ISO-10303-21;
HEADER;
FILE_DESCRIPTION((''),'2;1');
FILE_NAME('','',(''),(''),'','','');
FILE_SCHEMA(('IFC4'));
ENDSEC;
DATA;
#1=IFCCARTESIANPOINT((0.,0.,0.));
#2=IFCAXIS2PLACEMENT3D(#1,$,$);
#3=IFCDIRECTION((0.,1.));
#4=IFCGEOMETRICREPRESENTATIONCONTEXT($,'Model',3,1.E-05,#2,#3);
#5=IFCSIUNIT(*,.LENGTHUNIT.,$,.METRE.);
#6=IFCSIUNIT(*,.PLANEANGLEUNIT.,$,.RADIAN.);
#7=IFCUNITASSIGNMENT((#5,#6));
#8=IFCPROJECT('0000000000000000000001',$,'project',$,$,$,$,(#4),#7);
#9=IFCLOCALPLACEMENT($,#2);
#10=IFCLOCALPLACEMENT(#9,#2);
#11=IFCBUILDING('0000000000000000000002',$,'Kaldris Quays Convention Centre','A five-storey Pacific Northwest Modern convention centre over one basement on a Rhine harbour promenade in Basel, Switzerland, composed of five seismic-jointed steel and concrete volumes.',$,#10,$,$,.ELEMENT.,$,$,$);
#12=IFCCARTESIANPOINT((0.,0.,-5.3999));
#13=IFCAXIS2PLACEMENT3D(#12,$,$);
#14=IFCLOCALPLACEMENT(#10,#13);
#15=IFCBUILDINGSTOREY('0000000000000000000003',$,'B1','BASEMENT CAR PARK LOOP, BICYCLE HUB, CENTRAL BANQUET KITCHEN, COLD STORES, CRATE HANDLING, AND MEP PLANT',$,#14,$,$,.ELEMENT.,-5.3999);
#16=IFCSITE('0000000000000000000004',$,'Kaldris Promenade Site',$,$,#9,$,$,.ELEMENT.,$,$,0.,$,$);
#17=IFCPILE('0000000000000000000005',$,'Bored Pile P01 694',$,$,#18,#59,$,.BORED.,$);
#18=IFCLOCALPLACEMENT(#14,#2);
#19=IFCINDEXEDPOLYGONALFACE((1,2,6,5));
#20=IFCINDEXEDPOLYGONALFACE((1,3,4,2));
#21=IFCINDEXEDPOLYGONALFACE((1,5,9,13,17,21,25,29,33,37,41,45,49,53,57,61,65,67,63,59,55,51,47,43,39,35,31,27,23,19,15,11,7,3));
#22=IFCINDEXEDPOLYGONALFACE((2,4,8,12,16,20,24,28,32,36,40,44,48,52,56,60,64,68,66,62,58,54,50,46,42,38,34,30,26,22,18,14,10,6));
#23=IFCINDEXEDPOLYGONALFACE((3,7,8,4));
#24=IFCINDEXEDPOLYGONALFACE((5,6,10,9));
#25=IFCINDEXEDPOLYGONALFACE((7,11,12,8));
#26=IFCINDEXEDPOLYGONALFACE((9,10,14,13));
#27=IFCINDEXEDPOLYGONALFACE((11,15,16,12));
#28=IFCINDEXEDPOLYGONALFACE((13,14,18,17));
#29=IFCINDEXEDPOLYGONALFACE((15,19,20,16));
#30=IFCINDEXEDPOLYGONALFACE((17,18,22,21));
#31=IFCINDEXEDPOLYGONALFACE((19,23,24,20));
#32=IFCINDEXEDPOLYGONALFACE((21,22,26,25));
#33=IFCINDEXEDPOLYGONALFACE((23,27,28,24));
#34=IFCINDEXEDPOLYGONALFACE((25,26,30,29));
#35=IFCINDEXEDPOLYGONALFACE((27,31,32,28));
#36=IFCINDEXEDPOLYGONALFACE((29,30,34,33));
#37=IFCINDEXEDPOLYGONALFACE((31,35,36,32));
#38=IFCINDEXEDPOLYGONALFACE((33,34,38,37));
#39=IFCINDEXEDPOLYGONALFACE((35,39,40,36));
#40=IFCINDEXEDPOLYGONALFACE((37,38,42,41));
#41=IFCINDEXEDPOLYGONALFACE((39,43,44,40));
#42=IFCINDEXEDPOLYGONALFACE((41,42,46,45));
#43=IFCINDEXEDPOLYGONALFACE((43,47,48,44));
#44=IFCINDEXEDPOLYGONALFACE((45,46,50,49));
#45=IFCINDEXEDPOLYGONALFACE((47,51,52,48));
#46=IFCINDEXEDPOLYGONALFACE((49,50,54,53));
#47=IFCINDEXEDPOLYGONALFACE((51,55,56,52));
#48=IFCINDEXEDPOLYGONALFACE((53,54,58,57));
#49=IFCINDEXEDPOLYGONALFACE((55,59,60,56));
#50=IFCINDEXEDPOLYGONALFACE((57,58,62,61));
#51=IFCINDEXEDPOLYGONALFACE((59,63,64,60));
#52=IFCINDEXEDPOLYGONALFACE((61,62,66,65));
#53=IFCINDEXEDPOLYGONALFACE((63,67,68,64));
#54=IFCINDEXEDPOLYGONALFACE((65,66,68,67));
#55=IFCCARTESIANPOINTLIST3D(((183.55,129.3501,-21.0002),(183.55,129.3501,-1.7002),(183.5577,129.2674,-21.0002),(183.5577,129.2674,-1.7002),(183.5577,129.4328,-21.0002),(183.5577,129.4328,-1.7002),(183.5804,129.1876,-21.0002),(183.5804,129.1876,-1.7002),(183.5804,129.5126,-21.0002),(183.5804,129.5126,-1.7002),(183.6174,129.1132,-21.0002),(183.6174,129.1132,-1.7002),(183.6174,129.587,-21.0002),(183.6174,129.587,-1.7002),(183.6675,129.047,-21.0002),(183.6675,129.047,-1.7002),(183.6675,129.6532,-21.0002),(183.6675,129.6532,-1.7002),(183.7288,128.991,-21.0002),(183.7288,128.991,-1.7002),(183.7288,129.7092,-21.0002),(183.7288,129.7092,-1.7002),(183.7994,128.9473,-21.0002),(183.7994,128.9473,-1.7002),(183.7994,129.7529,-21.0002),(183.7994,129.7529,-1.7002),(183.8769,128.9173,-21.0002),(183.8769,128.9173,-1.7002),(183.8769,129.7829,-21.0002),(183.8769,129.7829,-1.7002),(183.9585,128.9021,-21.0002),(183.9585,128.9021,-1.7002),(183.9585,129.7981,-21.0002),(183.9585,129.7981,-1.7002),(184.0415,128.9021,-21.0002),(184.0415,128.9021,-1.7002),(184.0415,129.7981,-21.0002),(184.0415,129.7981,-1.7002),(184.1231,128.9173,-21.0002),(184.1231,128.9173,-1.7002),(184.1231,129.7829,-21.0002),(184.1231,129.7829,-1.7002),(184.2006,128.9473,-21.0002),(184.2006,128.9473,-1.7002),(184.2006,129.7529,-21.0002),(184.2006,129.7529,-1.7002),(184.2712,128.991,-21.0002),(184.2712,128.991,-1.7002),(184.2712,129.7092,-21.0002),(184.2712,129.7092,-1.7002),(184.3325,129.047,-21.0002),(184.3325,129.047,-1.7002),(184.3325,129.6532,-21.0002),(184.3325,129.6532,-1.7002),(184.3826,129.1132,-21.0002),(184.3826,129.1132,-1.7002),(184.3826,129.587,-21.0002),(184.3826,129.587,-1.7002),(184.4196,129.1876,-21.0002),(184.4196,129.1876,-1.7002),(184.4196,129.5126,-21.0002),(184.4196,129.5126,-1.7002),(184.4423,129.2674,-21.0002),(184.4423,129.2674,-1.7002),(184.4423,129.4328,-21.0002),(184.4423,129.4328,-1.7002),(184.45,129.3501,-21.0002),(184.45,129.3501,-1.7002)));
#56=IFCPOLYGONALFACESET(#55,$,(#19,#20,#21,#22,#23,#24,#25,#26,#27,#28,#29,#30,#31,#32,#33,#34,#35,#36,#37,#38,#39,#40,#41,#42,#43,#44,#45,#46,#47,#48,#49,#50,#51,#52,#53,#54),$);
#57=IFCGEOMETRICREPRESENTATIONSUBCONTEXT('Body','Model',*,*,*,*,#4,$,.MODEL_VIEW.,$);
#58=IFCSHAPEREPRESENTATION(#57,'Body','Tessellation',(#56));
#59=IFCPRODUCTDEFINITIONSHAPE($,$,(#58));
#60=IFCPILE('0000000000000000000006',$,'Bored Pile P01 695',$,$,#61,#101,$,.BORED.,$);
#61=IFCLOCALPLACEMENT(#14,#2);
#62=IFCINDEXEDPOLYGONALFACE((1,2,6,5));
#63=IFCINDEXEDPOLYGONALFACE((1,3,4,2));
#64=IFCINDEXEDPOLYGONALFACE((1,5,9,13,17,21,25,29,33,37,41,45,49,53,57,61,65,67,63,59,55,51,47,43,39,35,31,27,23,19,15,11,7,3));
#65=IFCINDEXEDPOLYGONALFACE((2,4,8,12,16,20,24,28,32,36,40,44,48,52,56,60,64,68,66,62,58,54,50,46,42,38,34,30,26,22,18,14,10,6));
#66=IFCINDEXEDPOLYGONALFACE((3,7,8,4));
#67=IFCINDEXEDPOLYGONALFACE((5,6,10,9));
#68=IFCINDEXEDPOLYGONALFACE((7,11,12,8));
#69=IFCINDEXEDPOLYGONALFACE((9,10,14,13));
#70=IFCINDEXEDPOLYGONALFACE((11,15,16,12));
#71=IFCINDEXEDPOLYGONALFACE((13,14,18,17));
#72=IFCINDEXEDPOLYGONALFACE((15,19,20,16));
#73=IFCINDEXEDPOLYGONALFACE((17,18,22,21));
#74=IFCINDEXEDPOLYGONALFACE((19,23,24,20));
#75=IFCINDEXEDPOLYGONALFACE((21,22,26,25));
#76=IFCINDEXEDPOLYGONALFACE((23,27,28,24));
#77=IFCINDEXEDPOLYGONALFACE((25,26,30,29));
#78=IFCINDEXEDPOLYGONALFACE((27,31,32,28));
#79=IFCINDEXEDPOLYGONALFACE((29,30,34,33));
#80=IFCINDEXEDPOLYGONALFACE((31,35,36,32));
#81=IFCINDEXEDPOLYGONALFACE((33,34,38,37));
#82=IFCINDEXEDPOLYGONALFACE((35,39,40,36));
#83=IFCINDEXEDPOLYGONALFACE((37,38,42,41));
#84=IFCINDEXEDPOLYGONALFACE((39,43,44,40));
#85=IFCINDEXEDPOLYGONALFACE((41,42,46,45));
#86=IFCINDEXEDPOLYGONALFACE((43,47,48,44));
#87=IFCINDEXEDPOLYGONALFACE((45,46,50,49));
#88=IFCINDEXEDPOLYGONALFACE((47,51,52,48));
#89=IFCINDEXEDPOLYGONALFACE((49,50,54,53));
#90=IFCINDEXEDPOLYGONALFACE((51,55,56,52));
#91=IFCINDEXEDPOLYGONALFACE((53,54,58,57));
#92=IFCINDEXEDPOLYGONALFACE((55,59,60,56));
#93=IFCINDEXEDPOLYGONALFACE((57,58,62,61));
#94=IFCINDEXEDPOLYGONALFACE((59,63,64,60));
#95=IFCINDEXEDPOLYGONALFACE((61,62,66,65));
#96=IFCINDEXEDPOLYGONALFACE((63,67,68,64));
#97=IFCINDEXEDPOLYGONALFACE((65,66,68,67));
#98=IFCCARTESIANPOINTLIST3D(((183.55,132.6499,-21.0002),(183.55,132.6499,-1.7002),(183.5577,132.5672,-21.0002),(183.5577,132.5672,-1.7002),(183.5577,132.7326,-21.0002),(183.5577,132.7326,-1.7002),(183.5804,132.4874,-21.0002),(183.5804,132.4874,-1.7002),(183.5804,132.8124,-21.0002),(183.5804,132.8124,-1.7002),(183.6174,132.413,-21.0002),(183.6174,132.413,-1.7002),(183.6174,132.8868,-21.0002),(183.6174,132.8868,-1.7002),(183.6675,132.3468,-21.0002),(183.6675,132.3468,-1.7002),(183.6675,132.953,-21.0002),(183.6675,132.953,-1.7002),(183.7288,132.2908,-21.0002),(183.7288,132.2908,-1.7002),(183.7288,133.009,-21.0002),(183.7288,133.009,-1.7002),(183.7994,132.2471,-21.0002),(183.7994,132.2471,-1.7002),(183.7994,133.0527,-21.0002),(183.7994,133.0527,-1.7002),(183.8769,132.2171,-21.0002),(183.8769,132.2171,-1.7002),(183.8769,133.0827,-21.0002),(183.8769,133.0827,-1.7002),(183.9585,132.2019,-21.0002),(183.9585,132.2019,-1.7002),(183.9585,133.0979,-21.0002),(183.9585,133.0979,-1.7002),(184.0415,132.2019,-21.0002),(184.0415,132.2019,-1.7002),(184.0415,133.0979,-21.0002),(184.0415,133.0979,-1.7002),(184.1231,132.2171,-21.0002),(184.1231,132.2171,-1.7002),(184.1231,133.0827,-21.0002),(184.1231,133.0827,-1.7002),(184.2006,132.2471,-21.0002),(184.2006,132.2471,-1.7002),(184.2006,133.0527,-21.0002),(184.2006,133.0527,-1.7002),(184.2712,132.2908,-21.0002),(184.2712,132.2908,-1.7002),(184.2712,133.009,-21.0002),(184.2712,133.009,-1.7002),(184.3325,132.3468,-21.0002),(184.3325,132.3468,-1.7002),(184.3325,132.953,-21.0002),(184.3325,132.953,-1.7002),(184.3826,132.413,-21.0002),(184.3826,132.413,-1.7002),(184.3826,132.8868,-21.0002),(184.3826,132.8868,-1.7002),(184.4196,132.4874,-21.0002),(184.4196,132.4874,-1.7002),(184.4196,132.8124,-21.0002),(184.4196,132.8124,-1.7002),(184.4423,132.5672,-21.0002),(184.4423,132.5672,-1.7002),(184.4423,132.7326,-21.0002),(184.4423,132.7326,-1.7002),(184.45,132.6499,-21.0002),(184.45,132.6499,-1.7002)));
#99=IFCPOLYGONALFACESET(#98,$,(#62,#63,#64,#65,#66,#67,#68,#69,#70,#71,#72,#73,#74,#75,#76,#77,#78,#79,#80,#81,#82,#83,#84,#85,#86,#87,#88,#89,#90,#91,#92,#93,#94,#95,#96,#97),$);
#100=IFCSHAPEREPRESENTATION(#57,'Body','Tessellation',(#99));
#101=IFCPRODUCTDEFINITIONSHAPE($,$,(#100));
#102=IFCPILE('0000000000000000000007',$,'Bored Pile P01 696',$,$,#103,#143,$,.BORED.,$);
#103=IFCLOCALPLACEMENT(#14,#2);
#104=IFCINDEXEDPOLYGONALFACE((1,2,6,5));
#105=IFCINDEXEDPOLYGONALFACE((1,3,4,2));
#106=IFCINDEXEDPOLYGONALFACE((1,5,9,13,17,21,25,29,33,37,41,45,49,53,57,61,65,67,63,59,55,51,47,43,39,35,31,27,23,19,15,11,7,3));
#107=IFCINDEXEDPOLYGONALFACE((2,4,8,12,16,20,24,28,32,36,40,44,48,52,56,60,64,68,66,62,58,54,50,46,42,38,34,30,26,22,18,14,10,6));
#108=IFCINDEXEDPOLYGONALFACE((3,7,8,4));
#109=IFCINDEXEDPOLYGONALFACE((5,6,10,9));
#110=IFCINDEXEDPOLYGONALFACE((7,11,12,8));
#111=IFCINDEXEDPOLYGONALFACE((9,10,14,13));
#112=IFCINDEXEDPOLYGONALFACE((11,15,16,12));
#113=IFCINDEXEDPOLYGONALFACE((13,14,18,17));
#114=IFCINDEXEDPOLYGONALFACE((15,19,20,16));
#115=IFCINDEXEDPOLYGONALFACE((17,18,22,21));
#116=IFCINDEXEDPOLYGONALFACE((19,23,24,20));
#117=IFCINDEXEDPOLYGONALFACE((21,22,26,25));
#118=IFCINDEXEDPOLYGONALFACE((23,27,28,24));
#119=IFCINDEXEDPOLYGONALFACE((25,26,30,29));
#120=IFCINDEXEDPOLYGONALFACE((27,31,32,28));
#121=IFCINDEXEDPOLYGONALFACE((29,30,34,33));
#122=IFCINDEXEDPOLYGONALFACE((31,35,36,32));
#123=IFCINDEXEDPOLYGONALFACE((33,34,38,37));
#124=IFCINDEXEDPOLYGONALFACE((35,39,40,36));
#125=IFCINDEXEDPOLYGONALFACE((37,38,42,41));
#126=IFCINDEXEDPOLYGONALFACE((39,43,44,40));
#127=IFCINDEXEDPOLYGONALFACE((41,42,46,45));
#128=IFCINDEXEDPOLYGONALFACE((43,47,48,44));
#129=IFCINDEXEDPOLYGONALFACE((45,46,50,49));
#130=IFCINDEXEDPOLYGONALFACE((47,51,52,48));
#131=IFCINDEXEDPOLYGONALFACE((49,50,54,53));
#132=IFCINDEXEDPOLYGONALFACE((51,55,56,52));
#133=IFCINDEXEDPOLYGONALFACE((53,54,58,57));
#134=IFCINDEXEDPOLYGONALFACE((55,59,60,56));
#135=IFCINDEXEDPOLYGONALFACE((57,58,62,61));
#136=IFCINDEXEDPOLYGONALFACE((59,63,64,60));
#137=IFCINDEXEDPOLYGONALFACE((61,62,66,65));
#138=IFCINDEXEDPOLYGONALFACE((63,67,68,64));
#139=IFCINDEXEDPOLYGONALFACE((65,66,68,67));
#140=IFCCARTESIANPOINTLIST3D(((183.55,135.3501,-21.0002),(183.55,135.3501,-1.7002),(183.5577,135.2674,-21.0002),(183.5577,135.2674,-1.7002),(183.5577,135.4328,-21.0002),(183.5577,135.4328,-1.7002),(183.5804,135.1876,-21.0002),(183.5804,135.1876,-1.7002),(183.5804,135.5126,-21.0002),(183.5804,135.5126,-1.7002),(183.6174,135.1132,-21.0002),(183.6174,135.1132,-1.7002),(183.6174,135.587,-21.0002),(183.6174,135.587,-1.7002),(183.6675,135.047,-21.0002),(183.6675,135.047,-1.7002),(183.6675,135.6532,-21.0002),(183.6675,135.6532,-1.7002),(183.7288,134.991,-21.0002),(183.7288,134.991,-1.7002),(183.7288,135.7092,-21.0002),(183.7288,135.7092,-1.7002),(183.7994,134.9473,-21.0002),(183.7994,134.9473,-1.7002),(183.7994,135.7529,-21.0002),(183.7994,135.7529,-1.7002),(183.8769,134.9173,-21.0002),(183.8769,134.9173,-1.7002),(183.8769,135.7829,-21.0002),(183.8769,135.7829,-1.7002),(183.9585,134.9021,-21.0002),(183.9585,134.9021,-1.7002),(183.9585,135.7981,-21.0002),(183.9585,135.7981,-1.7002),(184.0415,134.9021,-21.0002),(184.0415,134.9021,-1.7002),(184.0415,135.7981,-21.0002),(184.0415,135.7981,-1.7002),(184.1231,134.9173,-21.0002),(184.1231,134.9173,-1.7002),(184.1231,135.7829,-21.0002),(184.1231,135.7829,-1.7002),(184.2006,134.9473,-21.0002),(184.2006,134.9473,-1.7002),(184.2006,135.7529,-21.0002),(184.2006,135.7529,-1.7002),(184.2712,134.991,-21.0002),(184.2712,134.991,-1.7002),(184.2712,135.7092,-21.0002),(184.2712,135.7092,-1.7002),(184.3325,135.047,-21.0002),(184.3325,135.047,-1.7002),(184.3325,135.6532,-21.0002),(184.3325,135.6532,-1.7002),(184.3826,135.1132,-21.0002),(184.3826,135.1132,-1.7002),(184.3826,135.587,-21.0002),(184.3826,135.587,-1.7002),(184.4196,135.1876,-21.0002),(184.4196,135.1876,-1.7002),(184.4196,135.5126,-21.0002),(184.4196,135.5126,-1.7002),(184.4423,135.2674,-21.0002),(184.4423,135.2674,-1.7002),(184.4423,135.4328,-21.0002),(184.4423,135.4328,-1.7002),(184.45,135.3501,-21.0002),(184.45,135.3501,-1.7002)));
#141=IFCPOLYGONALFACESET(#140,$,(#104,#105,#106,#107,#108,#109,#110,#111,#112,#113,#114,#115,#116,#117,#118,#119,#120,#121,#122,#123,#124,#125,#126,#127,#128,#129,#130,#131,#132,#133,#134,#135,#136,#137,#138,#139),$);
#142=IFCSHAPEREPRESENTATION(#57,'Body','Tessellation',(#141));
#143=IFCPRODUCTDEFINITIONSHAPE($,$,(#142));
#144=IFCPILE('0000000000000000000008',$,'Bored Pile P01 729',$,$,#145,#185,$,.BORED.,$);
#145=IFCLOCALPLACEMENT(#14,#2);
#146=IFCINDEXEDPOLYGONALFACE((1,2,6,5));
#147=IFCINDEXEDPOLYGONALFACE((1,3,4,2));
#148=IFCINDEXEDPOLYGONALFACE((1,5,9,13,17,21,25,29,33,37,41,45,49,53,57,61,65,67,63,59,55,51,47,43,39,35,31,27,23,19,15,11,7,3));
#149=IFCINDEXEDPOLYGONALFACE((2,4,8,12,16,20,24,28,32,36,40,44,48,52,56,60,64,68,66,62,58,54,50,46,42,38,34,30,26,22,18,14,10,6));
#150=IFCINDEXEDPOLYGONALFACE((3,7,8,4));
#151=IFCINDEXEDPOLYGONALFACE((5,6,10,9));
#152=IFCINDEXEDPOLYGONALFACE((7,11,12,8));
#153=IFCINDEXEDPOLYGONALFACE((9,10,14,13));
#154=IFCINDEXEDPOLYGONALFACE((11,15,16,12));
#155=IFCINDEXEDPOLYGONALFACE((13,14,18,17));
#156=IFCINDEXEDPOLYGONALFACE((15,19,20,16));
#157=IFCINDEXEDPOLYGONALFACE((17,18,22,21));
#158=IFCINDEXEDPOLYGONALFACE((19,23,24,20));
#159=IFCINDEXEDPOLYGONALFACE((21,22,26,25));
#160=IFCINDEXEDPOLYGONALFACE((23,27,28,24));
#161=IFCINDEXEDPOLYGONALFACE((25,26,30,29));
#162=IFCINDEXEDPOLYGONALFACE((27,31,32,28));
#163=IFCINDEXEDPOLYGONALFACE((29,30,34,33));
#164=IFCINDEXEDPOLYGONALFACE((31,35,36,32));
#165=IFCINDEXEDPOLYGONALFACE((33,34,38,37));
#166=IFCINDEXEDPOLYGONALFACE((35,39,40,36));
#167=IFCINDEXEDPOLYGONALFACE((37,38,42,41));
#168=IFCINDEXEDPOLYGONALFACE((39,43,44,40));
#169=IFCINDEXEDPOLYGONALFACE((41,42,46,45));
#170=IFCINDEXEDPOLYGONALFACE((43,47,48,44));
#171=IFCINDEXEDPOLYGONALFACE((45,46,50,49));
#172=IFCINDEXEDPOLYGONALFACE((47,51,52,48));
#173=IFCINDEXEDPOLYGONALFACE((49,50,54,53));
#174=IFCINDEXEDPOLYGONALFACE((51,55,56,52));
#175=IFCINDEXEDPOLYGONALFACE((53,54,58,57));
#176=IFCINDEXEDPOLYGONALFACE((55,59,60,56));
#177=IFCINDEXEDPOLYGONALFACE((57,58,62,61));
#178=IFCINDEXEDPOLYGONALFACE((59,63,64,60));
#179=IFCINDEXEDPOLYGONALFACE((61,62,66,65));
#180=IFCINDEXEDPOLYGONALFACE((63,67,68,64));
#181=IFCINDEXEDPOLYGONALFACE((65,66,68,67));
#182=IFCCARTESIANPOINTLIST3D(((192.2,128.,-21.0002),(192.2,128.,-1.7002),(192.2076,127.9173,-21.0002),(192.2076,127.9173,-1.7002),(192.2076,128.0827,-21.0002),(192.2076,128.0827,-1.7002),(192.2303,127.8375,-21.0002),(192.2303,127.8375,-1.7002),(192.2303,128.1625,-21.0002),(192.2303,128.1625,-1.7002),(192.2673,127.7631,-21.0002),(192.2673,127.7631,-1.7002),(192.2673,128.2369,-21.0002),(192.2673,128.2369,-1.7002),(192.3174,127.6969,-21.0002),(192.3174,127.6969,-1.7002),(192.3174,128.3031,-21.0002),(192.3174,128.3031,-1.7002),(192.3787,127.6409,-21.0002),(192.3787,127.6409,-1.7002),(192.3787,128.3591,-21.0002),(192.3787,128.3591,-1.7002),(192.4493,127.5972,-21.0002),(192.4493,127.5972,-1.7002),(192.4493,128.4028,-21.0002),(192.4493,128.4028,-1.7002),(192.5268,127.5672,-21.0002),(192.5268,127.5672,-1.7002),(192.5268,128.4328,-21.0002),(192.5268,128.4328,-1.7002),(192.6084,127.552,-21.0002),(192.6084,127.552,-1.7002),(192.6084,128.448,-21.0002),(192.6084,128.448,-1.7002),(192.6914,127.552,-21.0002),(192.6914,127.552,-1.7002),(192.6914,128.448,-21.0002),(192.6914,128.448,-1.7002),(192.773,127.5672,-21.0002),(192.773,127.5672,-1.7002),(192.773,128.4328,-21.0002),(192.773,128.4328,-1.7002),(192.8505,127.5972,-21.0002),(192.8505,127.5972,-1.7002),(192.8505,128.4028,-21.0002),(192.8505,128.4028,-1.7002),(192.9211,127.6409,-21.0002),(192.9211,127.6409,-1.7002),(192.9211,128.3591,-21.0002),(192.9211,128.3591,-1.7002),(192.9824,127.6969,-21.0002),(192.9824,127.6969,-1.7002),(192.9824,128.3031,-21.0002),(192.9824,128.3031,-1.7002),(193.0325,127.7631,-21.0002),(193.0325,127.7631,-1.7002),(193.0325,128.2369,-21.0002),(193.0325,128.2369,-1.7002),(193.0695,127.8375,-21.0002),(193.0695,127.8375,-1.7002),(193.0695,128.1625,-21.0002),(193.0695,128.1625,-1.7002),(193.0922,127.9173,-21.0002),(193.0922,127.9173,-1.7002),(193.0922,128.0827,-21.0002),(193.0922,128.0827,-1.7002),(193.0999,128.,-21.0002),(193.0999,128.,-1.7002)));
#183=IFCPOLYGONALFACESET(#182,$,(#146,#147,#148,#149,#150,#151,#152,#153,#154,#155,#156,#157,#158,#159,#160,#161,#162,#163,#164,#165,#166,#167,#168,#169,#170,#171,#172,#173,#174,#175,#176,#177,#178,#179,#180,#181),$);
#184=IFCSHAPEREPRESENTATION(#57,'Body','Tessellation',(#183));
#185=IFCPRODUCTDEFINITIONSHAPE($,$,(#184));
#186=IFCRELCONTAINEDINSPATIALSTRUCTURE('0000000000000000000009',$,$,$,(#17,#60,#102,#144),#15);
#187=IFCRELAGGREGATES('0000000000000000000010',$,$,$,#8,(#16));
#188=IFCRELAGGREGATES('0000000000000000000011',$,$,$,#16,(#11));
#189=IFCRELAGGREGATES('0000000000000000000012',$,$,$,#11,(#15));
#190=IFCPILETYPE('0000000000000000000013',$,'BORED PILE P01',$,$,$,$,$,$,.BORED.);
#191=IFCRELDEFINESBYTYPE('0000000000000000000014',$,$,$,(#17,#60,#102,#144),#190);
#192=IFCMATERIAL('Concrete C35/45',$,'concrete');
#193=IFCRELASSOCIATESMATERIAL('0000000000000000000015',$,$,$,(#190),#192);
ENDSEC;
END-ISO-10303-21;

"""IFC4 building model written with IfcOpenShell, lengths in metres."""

from ifc_helpers import new_model, si_unit, direction, frame, origin, origin_2d, place, context, subcontext, project, spatial, circle, extrude, material, material_profile, profile_set, type_object, element, save


model = new_model("IFC4")

# Units and contexts
model_context = context("Model", 3, precision=1e-05, world=origin(), true_north=direction((0.0, 1.0)))
body_context = subcontext(model_context, "Body", "Model", "MODEL_VIEW")
ifc_project = project(units=[si_unit("LENGTHUNIT", "METRE"), si_unit("PLANEANGLEUNIT", "RADIAN")], contexts=[model_context])

# Site, building, storey
site_placement = place(None, origin())
site = spatial("IfcSite", under=ifc_project, at=site_placement, Name="Kaldris Promenade Site", CompositionType="ELEMENT", RefElevation=0.0)
building_placement = place(site_placement, origin())
building = spatial("IfcBuilding", under=site, at=building_placement, Name="Kaldris Quays Convention Centre", Description="A five-storey Pacific Northwest Modern convention centre over one basement on a Rhine harbour promenade in Basel, Switzerland, composed of five seismic-jointed steel and concrete volumes.", CompositionType="ELEMENT")
storey_placement = place(building_placement, frame((0.0, 0.0, -5.3999)))
storey = spatial("IfcBuildingStorey", under=building, at=storey_placement, Name="B1", Description="BASEMENT CAR PARK LOOP, BICYCLE HUB, CENTRAL BANQUET KITCHEN, COLD STORES, CRATE HANDLING, AND MEP PLANT", CompositionType="ELEMENT", Elevation=-5.3999)

# Piles
ifc_material_1 = material(Name="Concrete C35/45", Category="concrete")
ifc_material_profile_1 = material_profile(ifc_material_1, circle(Radius=0.45, at=origin_2d()), Name="BORED PILE D900")
ifc_profile_set_1 = profile_set([ifc_material_profile_1], Name="Concrete C35/45")
pile_type = type_object("IfcPileType", Name="BORED PILE P01", PredefinedType="BORED", material=ifc_profile_set_1)
for number, where, z_axis, x_axis, name in (
    (1, (184.0, 129.3501, -1.7002), (0.0, 0.0, -1.0), (1.0, 0.0, 0.0), "Bored Pile P01 694"),
    (2, (184.0, 132.6499, -1.7002), (0.0, 0.0, -1.0), (1.0, 0.0, 0.0), "Bored Pile P01 695"),
    (3, (184.0, 135.3501, -1.7002), (0.0, 0.0, -1.0), (1.0, 0.0, 0.0), "Bored Pile P01 696"),
    (4, (192.6499, 128.0, -1.7002), (0.0, 0.0, -1.0), (1.0, 0.0, 0.0), "Bored Pile P01 729"),
):
    element("IfcPile", number, at=place(storey_placement, frame(where, z_axis=z_axis, x_axis=x_axis)), inside=storey, type_object=pile_type, Name=name, PredefinedType="BORED", context=body_context, shape_type="SweptSolid", body=[
        extrude(circle(Radius=0.45, at=origin_2d()), origin(), (0.0, 0.0, 1.0), 19.3),
    ])

save(model, "model.ifc")
